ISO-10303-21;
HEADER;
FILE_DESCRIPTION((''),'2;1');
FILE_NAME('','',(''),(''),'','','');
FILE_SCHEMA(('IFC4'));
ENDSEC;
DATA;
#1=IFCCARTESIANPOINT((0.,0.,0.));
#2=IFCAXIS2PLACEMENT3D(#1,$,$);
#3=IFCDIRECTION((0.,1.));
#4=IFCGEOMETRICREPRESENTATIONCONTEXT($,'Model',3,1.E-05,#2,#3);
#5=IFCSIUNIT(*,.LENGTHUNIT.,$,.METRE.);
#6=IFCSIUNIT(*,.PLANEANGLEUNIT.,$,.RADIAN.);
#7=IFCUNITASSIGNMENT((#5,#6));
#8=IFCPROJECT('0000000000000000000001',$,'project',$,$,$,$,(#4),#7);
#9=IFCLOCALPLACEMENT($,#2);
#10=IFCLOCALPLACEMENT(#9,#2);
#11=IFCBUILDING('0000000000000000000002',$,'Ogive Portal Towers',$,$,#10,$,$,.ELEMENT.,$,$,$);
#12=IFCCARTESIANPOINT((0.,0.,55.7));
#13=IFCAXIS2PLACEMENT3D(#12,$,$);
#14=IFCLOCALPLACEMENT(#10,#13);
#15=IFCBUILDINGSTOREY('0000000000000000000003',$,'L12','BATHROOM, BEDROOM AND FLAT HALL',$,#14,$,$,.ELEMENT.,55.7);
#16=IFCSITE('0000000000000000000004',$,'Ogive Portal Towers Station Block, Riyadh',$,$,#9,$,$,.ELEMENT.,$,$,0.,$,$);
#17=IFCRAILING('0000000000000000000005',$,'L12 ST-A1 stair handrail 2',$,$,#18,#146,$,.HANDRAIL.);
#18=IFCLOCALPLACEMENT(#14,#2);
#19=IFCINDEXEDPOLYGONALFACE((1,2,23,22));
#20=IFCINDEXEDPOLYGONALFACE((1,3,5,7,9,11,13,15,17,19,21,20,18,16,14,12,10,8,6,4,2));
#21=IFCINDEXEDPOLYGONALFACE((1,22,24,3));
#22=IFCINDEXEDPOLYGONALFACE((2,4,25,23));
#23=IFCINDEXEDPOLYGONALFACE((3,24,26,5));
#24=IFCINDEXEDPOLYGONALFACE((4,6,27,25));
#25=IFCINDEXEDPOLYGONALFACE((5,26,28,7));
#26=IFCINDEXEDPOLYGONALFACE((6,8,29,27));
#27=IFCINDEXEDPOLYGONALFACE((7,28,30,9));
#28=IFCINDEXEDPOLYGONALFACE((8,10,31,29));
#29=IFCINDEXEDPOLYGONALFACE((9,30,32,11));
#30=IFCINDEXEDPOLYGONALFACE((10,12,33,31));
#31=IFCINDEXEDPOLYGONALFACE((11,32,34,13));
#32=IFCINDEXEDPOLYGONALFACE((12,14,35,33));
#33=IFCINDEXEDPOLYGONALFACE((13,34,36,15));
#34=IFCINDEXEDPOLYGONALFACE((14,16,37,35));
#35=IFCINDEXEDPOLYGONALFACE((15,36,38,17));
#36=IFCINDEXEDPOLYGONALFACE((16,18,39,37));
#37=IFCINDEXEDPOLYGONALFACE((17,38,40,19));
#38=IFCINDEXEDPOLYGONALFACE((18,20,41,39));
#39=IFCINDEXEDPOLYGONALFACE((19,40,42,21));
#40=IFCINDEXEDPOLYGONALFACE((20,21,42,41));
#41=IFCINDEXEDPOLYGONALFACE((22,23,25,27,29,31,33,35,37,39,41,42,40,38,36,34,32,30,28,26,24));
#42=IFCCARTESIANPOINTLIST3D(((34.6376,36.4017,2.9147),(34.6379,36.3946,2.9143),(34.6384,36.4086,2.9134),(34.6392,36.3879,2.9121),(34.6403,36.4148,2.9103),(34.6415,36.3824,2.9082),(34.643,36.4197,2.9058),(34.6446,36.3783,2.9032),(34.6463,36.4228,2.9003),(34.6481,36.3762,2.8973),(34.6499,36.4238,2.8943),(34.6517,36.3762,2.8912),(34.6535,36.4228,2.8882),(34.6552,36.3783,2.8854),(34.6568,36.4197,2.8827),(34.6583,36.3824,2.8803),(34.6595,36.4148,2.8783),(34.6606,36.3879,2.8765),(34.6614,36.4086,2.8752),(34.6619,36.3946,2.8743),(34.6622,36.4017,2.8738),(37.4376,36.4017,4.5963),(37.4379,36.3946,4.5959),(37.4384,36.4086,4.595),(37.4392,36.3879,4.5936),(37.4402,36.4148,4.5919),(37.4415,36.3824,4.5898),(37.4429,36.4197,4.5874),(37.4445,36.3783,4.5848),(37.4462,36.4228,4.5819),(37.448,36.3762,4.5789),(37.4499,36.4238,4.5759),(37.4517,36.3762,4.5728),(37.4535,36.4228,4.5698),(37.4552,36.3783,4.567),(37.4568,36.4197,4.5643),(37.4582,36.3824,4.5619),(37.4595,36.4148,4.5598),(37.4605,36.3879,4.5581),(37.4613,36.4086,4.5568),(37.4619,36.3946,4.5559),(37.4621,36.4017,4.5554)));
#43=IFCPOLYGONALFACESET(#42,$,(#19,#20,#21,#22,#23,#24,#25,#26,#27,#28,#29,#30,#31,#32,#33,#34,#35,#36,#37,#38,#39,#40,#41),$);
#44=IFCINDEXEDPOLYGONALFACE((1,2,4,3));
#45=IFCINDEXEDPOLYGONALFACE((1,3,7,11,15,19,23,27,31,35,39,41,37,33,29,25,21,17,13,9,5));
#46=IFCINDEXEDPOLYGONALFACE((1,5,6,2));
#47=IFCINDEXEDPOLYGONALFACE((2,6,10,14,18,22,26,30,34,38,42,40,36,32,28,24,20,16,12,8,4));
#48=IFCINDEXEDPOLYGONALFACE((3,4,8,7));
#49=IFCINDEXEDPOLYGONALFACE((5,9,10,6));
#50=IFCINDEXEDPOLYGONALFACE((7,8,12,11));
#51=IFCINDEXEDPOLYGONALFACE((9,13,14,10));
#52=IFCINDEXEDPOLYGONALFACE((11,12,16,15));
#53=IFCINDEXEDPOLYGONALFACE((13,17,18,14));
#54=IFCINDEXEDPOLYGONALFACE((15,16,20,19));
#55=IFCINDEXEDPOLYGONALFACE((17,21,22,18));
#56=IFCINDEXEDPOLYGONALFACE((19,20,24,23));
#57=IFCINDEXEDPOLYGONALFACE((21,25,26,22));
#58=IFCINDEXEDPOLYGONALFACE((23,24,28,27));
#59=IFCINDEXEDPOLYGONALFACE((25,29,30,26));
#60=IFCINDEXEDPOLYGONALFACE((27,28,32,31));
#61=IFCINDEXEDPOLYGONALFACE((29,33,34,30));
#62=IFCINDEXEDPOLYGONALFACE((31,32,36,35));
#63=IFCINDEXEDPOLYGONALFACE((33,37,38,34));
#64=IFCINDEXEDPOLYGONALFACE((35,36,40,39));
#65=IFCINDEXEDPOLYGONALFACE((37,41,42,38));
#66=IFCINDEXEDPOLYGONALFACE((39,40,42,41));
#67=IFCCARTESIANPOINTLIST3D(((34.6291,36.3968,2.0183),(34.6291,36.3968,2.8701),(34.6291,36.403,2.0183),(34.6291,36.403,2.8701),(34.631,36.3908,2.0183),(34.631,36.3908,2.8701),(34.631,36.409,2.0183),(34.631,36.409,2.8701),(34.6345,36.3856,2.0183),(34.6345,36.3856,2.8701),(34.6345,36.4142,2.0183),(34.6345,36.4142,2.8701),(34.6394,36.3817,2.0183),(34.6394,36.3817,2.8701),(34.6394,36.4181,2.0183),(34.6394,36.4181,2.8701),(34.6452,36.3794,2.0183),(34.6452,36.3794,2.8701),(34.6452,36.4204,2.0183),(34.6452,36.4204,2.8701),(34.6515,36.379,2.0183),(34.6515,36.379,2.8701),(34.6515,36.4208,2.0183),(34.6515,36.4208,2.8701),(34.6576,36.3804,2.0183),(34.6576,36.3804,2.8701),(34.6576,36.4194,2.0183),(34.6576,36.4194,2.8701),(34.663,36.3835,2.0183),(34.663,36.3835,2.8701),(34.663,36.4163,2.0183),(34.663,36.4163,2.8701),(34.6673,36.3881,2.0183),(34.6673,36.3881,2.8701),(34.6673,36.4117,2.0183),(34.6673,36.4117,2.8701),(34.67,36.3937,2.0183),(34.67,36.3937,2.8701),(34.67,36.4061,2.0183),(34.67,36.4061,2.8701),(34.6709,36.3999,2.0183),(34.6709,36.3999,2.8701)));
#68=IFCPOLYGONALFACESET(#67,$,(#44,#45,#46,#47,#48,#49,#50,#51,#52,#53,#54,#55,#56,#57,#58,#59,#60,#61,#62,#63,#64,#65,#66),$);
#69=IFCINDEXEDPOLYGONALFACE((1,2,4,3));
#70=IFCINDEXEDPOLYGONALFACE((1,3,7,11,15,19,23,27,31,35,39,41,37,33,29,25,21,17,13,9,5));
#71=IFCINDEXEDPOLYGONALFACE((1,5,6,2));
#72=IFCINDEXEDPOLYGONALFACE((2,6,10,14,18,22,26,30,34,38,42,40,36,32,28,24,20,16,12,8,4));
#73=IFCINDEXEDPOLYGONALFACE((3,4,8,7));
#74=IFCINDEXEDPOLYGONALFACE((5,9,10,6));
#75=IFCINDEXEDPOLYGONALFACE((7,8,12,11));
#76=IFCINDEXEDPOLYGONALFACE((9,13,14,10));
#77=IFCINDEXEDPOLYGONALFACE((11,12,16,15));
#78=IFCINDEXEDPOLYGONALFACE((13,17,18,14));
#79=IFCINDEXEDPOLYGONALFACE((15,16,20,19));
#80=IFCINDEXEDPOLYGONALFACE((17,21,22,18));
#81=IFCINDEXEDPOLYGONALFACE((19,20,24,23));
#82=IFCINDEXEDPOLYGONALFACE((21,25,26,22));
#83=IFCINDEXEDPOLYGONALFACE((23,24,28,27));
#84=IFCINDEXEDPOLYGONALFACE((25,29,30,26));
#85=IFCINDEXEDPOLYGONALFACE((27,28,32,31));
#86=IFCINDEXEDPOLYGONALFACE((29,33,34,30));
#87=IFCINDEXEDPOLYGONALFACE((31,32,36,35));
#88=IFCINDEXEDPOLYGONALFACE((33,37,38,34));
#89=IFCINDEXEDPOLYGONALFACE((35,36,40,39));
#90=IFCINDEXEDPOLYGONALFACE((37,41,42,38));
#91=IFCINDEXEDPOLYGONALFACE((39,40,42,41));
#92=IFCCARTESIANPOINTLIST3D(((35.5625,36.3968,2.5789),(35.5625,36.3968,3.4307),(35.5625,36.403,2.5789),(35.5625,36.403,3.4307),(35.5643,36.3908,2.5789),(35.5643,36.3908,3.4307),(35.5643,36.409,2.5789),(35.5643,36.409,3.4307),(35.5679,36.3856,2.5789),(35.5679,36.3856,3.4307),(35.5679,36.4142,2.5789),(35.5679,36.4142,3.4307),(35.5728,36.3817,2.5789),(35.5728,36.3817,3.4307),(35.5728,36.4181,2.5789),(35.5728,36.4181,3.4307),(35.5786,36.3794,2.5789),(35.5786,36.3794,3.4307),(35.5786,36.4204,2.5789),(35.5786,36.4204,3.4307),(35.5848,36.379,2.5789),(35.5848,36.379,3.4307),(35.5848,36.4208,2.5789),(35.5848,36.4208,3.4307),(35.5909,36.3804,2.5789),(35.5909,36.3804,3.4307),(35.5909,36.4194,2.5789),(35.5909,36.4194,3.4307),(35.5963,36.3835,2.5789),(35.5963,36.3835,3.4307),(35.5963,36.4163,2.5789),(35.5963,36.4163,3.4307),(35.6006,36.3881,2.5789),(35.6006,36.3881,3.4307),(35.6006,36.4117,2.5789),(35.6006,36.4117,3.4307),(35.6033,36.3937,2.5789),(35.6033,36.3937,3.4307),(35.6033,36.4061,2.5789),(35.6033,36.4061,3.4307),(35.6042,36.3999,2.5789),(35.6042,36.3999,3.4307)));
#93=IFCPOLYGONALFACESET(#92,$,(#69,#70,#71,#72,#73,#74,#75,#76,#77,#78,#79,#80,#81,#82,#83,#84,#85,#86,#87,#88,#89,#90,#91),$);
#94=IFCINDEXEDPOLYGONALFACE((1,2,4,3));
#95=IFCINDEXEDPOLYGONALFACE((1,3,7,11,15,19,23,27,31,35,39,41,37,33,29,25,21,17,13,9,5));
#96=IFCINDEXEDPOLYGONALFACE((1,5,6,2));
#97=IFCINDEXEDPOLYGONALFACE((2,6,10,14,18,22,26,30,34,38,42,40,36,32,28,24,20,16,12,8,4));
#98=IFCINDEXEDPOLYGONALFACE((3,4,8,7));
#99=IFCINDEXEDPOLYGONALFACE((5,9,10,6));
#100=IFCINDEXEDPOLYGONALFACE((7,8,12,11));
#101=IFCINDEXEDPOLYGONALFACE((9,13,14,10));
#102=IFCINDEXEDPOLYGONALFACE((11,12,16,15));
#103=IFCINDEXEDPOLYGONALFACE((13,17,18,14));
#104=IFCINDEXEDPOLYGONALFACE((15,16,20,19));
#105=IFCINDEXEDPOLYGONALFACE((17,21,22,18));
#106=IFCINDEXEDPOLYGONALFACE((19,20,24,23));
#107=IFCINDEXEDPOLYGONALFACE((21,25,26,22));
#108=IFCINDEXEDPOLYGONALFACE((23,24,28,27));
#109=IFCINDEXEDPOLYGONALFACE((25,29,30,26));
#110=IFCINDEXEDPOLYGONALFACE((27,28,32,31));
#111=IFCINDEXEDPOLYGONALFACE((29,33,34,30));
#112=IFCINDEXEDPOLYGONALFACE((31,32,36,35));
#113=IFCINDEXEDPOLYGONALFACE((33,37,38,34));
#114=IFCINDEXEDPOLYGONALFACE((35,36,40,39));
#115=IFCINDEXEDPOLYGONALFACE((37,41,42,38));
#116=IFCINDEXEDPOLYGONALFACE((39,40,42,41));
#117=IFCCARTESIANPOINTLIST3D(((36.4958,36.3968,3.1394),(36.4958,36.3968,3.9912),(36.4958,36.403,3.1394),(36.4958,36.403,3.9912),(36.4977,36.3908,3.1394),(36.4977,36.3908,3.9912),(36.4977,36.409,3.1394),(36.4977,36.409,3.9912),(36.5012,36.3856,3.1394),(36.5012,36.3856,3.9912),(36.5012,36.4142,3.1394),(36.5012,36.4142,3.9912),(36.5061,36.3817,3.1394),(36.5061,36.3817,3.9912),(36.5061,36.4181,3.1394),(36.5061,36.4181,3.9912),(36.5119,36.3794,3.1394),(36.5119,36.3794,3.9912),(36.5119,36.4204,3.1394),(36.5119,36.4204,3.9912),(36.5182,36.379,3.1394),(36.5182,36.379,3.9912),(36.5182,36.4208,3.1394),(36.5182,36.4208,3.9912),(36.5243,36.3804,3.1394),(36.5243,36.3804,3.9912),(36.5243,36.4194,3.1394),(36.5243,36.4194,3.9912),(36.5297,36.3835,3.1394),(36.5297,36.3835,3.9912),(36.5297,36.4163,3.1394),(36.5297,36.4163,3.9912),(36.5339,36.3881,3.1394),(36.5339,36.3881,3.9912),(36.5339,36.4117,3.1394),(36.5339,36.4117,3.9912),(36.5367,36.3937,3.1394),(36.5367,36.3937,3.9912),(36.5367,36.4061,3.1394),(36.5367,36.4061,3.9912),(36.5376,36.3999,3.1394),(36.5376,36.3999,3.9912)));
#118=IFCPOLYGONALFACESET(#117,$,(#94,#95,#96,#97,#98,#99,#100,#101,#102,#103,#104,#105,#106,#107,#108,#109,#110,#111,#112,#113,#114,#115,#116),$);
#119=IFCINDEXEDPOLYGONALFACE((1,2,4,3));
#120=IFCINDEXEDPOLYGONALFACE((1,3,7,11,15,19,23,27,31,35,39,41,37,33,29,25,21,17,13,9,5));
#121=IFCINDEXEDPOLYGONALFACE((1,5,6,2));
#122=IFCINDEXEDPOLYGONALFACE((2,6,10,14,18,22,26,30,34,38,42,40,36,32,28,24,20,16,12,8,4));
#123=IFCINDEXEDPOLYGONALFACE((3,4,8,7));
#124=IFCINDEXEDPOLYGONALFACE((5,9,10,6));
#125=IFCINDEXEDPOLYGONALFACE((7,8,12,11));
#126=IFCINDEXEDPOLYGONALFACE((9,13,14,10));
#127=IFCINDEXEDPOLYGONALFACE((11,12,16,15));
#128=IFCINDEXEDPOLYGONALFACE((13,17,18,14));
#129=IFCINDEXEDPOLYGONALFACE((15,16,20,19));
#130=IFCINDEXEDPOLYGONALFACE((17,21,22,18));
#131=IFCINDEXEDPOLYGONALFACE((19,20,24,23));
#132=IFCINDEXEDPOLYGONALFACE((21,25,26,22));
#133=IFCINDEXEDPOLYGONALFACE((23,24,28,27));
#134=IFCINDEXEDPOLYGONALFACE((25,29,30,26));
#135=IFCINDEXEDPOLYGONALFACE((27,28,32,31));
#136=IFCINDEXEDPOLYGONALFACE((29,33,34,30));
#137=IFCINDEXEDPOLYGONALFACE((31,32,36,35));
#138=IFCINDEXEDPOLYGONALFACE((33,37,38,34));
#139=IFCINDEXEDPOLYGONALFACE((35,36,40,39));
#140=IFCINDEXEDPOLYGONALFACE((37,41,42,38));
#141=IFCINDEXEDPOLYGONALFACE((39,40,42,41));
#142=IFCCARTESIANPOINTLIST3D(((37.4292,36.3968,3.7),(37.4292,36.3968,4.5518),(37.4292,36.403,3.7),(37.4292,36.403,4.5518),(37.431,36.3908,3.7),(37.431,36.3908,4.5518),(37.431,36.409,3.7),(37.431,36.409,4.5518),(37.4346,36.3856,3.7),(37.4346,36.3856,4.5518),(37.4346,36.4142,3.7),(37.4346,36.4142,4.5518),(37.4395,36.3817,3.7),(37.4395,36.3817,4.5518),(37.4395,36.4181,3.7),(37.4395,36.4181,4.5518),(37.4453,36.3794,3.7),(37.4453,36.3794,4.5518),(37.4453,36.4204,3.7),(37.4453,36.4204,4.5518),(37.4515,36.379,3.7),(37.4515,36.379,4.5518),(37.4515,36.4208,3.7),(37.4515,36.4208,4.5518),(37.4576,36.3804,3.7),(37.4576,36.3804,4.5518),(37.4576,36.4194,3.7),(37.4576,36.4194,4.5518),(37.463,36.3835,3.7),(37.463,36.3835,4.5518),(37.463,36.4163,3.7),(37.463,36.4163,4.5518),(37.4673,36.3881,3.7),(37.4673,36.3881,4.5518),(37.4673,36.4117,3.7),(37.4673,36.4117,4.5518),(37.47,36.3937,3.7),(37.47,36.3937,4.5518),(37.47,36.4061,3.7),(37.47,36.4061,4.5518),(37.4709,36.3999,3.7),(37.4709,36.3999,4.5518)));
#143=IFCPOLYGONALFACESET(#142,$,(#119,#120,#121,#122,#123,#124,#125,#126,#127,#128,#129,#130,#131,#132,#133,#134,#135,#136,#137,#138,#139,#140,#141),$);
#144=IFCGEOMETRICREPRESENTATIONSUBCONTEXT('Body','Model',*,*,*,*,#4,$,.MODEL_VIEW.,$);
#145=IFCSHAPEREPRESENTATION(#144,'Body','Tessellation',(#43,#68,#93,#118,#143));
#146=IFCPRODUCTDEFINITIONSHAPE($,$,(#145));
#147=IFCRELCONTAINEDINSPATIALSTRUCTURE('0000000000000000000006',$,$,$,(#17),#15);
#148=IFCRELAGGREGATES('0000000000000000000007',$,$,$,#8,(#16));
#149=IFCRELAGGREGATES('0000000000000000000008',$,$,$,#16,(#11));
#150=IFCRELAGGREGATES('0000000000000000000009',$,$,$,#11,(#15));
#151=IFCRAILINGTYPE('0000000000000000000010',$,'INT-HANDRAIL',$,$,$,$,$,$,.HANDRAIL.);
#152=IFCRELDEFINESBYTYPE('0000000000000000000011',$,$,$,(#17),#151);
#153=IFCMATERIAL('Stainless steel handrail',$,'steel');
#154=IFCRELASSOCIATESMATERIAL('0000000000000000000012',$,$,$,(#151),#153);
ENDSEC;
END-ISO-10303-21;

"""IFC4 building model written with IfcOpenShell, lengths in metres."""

from ifc_helpers import new_model, si_unit, direction, frame, origin, origin_2d, place, context, subcontext, project, spatial, circle, extrude, material, type_object, element, save


model = new_model("IFC4")

# Units and contexts
model_context = context("Model", 3, precision=1e-05, world=origin(), true_north=direction((0.0, 1.0)))
body_context = subcontext(model_context, "Body", "Model", "MODEL_VIEW")
ifc_project = project(units=[si_unit("LENGTHUNIT", "METRE"), si_unit("PLANEANGLEUNIT", "RADIAN")], contexts=[model_context])

# Site, building, storey
site_placement = place(None, origin())
site = spatial("IfcSite", under=ifc_project, at=site_placement, Name="Ogive Portal Towers Station Block, Riyadh", CompositionType="ELEMENT", RefElevation=0.0)
building_placement = place(site_placement, origin())
building = spatial("IfcBuilding", under=site, at=building_placement, Name="Ogive Portal Towers", CompositionType="ELEMENT")
storey_placement = place(building_placement, frame((0.0, 0.0, 55.7)))
storey = spatial("IfcBuildingStorey", under=building, at=storey_placement, Name="L12", Description="BATHROOM, BEDROOM AND FLAT HALL", CompositionType="ELEMENT", Elevation=55.7)

# Railing
ifc_material_1 = material(Name="Stainless steel handrail", Category="steel")
railing_type_1 = type_object("IfcRailingType", Name="INT-HANDRAIL", PredefinedType="HANDRAIL", material=ifc_material_1)
railing_1_placement = place(storey_placement, frame((34.6499, 36.3999, 2.0183)))
element("IfcRailing", 1, at=railing_1_placement, inside=storey, type_object=railing_type_1, Name="L12 ST-A1 stair handrail 2", PredefinedType="HANDRAIL", context=body_context, shape_type="SweptSolid", body=[
    extrude(circle(Radius=0.0239, at=origin_2d()), frame((0.0, 0.0, 0.876), z_axis=(0.857275, 0.0, 0.514858), x_axis=(0.0, 1.0, 0.0)), (0.0, 0.0, 1.0), 3.2661),
    extrude(circle(Radius=0.021, at=origin_2d()), origin(), (0.0, 0.0, 1.0), 0.8518),
    extrude(circle(Radius=0.021, at=origin_2d()), frame((0.9333, 0.0, 0.5605)), (0.0, 0.0, 1.0), 0.8518),
    extrude(circle(Radius=0.021, at=origin_2d()), frame((1.8667, 0.0, 1.1211)), (0.0, 0.0, 1.0), 0.8518),
    extrude(circle(Radius=0.021, at=origin_2d()), frame((2.8, 0.0, 1.6816)), (0.0, 0.0, 1.0), 0.8518),
])

save(model, "model.ifc")
